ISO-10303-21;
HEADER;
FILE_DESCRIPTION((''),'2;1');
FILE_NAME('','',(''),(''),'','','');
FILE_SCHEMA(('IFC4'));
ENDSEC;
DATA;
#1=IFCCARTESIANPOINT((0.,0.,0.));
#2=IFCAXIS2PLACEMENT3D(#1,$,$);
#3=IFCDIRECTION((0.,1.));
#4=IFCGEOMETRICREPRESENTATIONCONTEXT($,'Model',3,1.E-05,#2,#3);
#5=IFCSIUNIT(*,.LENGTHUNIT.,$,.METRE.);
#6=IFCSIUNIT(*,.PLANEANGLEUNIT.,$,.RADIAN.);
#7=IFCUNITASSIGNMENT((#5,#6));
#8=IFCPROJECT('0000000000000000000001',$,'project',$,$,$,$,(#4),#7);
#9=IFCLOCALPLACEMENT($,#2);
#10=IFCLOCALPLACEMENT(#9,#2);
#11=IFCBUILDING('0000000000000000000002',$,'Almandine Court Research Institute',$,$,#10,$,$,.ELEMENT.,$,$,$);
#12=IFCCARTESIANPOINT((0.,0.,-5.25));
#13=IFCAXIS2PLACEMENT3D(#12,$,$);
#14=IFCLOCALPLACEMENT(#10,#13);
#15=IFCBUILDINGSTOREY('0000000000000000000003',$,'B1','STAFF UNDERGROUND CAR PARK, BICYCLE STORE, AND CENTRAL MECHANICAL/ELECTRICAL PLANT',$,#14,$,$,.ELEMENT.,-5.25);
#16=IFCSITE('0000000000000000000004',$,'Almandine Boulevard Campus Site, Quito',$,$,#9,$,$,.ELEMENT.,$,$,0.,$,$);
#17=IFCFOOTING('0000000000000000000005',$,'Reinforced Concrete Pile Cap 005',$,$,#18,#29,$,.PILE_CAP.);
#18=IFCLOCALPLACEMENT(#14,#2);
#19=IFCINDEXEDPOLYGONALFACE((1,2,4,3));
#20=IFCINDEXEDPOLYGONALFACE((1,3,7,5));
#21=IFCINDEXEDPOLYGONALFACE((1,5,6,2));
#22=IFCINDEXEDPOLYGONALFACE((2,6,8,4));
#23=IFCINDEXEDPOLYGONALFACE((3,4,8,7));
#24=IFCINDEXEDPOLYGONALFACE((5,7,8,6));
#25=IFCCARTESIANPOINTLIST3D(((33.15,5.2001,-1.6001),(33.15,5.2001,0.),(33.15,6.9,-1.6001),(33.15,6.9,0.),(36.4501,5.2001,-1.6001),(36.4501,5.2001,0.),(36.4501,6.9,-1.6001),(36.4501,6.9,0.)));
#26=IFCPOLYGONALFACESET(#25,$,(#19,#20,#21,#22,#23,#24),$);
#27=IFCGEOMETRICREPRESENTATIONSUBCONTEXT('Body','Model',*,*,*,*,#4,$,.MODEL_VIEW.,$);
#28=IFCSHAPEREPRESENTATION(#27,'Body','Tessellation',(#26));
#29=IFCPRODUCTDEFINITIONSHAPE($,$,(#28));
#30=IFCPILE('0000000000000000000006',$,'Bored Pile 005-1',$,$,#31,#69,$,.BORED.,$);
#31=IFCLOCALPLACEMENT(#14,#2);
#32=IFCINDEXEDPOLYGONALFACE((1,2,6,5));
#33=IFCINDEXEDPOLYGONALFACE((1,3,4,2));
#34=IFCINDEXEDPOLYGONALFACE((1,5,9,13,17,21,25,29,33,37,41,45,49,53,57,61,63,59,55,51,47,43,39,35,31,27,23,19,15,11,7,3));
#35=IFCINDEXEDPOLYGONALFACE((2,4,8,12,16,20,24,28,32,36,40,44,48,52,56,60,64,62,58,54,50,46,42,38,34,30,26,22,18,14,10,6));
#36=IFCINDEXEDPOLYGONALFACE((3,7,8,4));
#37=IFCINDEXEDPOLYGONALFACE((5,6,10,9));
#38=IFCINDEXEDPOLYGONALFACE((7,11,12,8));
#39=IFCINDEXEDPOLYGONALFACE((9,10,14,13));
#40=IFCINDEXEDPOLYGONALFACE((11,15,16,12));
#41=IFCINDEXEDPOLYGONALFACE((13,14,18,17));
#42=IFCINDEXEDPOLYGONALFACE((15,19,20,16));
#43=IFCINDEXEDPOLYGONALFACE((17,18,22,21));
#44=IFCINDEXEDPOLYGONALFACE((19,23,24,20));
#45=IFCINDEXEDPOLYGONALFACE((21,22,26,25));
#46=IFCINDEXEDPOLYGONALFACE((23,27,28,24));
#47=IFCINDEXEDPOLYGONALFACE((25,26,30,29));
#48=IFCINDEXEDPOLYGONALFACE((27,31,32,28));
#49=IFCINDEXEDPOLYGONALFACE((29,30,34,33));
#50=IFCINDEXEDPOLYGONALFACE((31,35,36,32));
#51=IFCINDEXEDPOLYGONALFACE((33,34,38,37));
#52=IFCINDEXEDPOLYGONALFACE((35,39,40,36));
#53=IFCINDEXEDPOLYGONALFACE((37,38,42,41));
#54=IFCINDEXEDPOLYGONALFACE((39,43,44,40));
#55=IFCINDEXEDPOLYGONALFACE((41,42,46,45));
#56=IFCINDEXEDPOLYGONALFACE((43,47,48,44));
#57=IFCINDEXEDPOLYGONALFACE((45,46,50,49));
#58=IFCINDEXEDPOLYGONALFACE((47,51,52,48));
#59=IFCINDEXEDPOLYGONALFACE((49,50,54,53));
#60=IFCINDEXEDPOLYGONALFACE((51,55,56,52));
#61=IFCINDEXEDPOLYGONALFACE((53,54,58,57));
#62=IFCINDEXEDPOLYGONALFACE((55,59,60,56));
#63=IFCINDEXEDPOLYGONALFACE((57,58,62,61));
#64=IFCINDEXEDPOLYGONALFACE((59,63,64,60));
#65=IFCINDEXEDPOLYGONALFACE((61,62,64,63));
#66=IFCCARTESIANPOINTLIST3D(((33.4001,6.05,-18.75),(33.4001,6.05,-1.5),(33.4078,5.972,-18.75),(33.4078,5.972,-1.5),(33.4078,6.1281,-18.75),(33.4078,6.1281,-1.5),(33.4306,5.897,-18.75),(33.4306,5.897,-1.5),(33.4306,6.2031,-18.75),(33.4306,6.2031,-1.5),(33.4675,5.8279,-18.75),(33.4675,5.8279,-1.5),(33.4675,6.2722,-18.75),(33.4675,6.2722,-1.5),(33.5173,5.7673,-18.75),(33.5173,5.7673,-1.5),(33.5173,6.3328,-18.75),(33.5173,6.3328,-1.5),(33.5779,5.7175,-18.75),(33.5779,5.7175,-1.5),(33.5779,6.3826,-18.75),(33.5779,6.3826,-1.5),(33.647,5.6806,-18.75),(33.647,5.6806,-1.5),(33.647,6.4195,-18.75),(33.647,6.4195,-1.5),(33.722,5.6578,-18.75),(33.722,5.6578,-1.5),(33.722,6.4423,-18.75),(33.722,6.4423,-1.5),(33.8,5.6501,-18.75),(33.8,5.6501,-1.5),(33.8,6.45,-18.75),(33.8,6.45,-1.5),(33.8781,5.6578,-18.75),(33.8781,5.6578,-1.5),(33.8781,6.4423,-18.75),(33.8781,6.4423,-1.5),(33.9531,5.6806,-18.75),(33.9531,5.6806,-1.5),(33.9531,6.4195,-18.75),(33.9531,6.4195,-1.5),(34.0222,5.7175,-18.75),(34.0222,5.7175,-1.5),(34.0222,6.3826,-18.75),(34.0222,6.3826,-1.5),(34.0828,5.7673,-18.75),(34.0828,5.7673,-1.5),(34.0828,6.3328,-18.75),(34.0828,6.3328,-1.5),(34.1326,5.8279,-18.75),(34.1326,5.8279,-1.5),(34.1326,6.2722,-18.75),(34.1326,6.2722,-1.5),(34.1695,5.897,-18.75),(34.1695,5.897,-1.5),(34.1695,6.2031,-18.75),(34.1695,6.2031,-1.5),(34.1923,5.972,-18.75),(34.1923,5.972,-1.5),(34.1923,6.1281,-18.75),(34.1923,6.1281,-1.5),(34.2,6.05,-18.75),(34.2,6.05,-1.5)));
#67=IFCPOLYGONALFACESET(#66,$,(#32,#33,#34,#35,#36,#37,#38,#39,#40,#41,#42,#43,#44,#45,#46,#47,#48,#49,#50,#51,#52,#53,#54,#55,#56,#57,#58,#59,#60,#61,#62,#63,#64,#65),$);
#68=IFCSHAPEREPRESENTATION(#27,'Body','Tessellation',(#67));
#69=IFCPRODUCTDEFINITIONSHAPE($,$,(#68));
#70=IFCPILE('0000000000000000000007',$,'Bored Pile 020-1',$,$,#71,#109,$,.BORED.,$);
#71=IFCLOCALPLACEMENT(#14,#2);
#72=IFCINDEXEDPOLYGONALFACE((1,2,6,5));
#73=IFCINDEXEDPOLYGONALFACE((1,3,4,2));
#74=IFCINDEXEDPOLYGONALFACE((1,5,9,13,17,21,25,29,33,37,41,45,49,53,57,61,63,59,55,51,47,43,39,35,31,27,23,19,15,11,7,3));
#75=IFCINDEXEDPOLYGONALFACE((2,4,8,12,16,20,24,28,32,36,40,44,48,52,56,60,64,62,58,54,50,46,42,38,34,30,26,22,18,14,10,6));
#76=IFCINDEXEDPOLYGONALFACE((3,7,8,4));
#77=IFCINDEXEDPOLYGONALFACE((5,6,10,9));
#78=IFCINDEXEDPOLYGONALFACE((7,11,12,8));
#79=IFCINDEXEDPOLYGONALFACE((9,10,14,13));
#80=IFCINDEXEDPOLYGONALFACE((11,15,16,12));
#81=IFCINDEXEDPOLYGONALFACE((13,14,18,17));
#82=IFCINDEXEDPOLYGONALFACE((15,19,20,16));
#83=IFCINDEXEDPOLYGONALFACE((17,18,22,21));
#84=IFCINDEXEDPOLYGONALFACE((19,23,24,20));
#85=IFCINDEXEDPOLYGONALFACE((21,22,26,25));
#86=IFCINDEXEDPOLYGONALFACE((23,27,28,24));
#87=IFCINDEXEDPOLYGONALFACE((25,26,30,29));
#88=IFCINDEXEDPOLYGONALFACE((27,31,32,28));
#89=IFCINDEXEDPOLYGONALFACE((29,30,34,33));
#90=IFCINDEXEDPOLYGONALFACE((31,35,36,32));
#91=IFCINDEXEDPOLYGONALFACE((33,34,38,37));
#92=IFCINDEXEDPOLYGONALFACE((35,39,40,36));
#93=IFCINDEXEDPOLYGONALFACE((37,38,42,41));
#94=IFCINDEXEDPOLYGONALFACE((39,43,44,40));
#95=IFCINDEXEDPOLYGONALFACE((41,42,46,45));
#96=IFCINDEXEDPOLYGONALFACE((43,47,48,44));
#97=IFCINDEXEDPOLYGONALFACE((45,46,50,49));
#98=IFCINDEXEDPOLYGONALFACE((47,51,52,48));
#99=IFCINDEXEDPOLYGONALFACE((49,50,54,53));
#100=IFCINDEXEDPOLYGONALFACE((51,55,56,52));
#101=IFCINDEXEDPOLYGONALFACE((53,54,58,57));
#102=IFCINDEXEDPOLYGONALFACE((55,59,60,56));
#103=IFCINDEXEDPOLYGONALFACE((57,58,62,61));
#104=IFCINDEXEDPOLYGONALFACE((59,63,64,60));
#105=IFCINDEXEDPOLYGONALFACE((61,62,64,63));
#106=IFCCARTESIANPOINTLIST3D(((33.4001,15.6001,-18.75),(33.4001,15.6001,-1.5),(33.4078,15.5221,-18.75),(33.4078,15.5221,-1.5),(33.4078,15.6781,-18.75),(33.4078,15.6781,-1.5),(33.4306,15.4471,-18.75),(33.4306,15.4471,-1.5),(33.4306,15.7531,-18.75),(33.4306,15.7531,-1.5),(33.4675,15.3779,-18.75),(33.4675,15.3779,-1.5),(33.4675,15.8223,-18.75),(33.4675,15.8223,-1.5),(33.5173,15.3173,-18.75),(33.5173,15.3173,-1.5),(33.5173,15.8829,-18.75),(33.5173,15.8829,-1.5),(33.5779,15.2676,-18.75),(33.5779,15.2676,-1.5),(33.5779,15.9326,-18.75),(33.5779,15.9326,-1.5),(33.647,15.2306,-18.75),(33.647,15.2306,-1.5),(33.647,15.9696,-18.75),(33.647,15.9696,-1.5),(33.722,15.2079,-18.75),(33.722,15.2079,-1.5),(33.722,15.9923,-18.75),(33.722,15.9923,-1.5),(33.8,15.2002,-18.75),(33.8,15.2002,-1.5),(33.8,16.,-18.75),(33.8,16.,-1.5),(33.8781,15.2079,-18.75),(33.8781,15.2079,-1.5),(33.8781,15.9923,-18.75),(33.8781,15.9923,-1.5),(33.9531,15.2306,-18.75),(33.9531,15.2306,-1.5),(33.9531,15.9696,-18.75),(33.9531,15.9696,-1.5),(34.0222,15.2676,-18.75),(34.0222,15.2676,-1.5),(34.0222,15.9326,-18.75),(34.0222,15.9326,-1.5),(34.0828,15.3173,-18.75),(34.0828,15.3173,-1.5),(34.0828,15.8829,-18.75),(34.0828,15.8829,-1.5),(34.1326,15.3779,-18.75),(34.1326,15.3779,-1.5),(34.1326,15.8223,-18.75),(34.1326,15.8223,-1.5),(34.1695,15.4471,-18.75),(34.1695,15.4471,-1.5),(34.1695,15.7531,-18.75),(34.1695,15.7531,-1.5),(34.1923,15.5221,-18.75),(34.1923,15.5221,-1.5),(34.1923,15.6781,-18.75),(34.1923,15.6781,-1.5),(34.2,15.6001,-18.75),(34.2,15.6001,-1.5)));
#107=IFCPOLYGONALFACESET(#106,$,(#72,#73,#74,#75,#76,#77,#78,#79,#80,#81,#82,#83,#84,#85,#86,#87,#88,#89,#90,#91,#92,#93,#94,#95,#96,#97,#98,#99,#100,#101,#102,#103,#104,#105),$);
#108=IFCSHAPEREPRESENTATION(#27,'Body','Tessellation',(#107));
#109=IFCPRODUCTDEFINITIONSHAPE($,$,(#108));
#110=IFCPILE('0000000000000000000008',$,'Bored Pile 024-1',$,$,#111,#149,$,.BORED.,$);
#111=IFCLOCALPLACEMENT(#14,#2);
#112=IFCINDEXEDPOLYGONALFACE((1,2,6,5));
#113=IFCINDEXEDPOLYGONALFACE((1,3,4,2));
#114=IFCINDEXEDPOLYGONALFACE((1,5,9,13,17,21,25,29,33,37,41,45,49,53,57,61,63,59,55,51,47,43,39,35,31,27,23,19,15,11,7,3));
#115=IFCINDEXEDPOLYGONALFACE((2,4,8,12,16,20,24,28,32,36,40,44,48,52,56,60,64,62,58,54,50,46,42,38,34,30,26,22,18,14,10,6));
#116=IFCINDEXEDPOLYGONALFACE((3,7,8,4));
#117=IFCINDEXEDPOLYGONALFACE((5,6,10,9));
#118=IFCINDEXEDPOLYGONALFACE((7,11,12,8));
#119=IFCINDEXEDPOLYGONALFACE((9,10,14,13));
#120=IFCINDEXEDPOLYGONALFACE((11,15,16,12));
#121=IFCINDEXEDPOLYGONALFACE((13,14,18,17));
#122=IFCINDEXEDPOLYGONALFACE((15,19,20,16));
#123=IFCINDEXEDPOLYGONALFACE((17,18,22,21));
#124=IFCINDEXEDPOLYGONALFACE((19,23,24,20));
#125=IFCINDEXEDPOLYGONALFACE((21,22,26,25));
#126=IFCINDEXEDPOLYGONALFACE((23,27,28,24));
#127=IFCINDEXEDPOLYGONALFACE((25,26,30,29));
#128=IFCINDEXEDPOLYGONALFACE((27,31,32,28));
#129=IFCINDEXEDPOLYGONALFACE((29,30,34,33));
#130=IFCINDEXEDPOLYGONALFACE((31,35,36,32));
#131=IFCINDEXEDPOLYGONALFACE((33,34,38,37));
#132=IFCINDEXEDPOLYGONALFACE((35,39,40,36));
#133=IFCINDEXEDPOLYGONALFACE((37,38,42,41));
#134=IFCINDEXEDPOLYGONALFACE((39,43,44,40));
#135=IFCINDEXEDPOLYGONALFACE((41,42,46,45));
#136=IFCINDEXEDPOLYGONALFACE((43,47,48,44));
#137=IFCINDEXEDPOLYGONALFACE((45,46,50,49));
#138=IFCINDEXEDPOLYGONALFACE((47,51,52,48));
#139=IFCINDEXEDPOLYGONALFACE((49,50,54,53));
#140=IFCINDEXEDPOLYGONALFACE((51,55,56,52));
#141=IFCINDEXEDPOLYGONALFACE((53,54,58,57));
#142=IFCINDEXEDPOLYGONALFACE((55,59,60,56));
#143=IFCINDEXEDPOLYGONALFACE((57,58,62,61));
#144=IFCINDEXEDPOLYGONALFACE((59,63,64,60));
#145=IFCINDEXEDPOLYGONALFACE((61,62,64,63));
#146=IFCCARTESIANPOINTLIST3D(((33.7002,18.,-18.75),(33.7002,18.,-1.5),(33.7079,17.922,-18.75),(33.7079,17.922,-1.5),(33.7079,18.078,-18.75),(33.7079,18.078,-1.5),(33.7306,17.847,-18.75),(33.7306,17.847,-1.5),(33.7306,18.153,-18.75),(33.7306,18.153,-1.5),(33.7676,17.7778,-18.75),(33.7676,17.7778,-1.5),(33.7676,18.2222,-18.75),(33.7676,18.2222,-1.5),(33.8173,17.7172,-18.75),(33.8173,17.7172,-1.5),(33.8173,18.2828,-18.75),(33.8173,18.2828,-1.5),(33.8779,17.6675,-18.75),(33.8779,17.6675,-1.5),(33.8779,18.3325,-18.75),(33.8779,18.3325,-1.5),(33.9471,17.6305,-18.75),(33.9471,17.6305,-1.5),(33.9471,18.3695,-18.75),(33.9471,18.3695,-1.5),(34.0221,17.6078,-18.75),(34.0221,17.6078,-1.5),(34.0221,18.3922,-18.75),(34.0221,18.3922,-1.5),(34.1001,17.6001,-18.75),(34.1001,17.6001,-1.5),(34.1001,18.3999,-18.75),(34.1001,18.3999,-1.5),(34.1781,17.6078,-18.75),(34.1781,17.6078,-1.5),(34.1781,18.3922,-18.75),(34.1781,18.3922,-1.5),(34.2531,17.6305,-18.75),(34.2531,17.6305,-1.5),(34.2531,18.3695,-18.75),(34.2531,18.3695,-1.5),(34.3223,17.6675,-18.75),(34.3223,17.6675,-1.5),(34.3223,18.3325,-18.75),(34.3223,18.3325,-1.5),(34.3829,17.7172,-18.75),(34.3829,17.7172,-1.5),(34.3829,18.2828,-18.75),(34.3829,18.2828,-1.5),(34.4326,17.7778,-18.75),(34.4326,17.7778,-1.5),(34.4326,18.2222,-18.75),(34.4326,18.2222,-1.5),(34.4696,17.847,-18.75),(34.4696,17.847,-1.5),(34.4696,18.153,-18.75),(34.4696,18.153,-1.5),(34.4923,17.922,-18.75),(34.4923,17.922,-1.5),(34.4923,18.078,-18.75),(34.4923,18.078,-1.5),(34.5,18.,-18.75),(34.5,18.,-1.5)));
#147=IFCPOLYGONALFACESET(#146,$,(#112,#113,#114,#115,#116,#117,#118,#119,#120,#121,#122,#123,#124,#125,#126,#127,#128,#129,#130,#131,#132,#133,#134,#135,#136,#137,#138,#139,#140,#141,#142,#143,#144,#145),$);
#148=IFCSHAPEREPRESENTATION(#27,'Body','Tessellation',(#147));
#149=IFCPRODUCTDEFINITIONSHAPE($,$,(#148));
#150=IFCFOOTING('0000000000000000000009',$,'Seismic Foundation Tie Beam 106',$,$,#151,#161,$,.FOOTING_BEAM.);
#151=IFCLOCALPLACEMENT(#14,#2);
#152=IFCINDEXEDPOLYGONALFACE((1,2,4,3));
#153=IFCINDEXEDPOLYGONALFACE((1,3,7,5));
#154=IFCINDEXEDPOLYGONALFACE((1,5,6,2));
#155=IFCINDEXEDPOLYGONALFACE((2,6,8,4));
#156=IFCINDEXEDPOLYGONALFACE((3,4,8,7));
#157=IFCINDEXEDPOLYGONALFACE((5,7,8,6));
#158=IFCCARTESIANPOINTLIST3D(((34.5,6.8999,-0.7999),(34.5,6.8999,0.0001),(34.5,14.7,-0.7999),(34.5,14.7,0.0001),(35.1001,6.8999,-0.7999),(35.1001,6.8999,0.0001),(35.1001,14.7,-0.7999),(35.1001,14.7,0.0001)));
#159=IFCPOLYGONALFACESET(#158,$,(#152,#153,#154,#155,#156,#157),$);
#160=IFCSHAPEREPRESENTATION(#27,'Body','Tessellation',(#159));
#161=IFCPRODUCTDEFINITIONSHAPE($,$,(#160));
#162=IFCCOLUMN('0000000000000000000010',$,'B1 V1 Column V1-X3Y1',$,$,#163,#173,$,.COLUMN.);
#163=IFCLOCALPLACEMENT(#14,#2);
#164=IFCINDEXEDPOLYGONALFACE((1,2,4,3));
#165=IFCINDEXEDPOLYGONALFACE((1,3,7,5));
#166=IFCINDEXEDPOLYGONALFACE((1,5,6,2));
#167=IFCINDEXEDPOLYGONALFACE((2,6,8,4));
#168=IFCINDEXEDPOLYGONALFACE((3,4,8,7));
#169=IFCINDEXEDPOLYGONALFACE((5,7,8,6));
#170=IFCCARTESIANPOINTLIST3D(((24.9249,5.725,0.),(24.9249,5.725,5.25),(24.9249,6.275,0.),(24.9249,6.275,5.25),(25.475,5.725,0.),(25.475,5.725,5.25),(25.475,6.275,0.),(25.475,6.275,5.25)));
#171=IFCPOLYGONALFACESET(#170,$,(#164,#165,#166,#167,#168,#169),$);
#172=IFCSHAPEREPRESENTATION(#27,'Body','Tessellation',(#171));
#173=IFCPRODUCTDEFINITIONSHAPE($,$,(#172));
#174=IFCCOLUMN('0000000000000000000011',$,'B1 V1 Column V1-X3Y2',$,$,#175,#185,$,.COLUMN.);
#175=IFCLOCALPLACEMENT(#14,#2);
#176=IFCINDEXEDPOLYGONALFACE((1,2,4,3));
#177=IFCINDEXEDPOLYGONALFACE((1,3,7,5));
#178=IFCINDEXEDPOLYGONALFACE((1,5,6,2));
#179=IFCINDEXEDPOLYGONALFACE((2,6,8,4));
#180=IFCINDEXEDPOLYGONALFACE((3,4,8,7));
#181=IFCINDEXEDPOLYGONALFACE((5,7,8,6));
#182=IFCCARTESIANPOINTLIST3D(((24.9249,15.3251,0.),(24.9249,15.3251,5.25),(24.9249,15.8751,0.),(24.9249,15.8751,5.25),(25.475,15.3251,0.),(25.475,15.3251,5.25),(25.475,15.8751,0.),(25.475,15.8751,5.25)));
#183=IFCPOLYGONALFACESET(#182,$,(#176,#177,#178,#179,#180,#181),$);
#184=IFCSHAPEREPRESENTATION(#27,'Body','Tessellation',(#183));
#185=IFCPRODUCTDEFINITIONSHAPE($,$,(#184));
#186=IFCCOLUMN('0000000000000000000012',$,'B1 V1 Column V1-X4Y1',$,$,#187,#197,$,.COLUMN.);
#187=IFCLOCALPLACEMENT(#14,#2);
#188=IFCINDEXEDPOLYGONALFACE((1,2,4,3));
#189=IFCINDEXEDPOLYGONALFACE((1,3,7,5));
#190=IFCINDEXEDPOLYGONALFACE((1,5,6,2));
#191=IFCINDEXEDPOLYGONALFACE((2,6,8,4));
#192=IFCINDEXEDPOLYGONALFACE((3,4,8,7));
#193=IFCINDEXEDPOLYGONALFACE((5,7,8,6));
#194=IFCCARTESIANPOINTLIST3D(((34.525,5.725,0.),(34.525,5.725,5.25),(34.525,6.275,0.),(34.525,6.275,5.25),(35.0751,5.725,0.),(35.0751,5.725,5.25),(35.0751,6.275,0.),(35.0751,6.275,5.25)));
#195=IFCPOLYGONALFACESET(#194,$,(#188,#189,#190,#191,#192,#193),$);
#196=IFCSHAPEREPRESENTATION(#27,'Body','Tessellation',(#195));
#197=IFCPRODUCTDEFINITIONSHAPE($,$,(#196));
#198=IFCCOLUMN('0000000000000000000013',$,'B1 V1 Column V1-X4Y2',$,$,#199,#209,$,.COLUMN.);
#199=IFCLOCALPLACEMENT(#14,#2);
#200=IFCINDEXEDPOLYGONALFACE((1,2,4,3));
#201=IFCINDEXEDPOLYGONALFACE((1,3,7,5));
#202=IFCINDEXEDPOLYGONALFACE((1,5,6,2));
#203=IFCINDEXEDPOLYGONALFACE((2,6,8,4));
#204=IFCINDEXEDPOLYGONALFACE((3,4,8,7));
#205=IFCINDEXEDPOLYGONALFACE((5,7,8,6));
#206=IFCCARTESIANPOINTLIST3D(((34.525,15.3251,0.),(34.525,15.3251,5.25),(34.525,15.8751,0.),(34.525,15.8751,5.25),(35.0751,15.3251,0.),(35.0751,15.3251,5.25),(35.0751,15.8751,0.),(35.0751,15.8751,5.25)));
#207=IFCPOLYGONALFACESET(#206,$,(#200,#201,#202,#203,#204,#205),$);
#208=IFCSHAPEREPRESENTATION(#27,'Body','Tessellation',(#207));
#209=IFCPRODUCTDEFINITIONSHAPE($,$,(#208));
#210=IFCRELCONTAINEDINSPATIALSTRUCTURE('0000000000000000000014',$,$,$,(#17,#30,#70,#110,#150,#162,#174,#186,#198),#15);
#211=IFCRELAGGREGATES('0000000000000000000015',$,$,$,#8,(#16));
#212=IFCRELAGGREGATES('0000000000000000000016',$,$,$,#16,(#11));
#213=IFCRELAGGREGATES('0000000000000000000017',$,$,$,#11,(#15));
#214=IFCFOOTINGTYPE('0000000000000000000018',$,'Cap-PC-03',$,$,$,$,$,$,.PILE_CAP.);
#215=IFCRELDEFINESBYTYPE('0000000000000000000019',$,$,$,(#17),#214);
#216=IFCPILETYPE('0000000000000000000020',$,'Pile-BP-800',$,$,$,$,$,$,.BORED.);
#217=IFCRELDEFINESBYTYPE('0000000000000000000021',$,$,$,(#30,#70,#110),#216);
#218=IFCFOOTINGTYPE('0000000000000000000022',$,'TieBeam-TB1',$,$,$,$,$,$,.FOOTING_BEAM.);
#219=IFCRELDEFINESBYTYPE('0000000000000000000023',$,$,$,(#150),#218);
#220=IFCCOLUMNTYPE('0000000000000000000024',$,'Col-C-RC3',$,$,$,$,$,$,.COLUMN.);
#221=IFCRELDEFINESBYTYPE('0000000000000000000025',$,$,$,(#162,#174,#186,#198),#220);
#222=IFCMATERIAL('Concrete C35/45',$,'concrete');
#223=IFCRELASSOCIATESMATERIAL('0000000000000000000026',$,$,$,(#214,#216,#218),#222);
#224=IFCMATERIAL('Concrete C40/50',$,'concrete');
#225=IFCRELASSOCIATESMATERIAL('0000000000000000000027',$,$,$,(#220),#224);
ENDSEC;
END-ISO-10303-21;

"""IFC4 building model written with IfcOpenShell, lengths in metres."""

from ifc_helpers import new_model, si_unit, direction, frame, origin, origin_2d, place, context, subcontext, project, spatial, rectangle, circle, extrude, material, material_profile, profile_set, type_object, element, save


model = new_model("IFC4")

# Units and contexts
model_context = context("Model", 3, precision=1e-05, world=origin(), true_north=direction((0.0, 1.0)))
body_context = subcontext(model_context, "Body", "Model", "MODEL_VIEW")
ifc_project = project(units=[si_unit("LENGTHUNIT", "METRE"), si_unit("PLANEANGLEUNIT", "RADIAN")], contexts=[model_context])

# Site, building, storey
site_placement = place(None, origin())
site = spatial("IfcSite", under=ifc_project, at=site_placement, Name="Almandine Boulevard Campus Site, Quito", CompositionType="ELEMENT", RefElevation=0.0)
building_placement = place(site_placement, origin())
building = spatial("IfcBuilding", under=site, at=building_placement, Name="Almandine Court Research Institute", CompositionType="ELEMENT")
storey_placement = place(building_placement, frame((0.0, 0.0, -5.25)))
storey = spatial("IfcBuildingStorey", under=building, at=storey_placement, Name="B1", Description="STAFF UNDERGROUND CAR PARK, BICYCLE STORE, AND CENTRAL MECHANICAL/ELECTRICAL PLANT", CompositionType="ELEMENT", Elevation=-5.25)

# Footing
ifc_material_1 = material(Name="Concrete C35/45", Category="concrete")
footing_type_1 = type_object("IfcFootingType", Name="Cap-PC-03", PredefinedType="PILE_CAP", material=ifc_material_1)
footing_1_placement = place(storey_placement, frame((34.8, 6.05, -1.6001), z_axis=(0.0, 0.0, 1.0), x_axis=(1.0, 0.0, 0.0)))
element("IfcFooting", 1, at=footing_1_placement, inside=storey, type_object=footing_type_1, Name="Reinforced Concrete Pile Cap 005", PredefinedType="PILE_CAP", context=body_context, shape_type="SweptSolid", body=[
    extrude(rectangle(XDim=3.3, YDim=1.7, at=origin_2d()), origin(), (0.0, 0.0, 1.0), 1.6001),
])

# Piles
ifc_material_profile_1 = material_profile(ifc_material_1, circle(Radius=0.3999, at=origin_2d()), Name="BORED PILE D800")
ifc_profile_set_1 = profile_set([ifc_material_profile_1], Name="Concrete C35/45")
pile_type = type_object("IfcPileType", Name="Pile-BP-800", PredefinedType="BORED", material=ifc_profile_set_1)
for number, where, z_axis, x_axis, name in (
    (2, (33.8, 6.05, -1.5), (0.0, 0.0, -1.0), (1.0, 0.0, 0.0), "Bored Pile 005-1"),
    (3, (33.8, 15.6001, -1.5), (0.0, 0.0, -1.0), (1.0, 0.0, 0.0), "Bored Pile 020-1"),
    (4, (34.1001, 18.0, -1.5), (0.0, 0.0, -1.0), (1.0, 0.0, 0.0), "Bored Pile 024-1"),
):
    element("IfcPile", number, at=place(storey_placement, frame(where, z_axis=z_axis, x_axis=x_axis)), inside=storey, type_object=pile_type, Name=name, PredefinedType="BORED", context=body_context, shape_type="SweptSolid", body=[
        extrude(circle(Radius=0.3999, at=origin_2d()), origin(), (0.0, 0.0, 1.0), 17.25),
    ])

# Footing
ifc_material_profile_2 = material_profile(ifc_material_1, rectangle(XDim=0.6001, YDim=0.8, at=origin_2d()), Name="RC TIE 600x800")
ifc_profile_set_2 = profile_set([ifc_material_profile_2], Name="Concrete C35/45")
footing_type_2 = type_object("IfcFootingType", Name="TieBeam-TB1", PredefinedType="FOOTING_BEAM", material=ifc_profile_set_2)
footing_2_placement = place(storey_placement, frame((34.8, 6.8999, -0.3999), z_axis=(0.0, 1.0, 0.0), x_axis=(-1.0, 0.0, 0.0)))
element("IfcFooting", 5, at=footing_2_placement, inside=storey, type_object=footing_type_2, Name="Seismic Foundation Tie Beam 106", PredefinedType="FOOTING_BEAM", context=body_context, shape_type="SweptSolid", body=[
    extrude(rectangle(XDim=0.6001, YDim=0.8, at=origin_2d()), origin(), (0.0, 0.0, 1.0), 7.8),
])

# Columns
ifc_material_2 = material(Name="Concrete C40/50", Category="concrete")
ifc_material_profile_3 = material_profile(ifc_material_2, rectangle(XDim=0.55, YDim=0.55, at=origin_2d()), Name="RC 550x550")
ifc_profile_set_3 = profile_set([ifc_material_profile_3], Name="Concrete C40/50")
column_type_1 = type_object("IfcColumnType", Name="Col-C-RC3", PredefinedType="COLUMN", material=ifc_profile_set_3)
for number, where, z_axis, x_axis, name in (
    (6, (25.2, 6.0, 0.0), (0.0, 0.0, 1.0), (1.0, 0.0, 0.0), "B1 V1 Column V1-X3Y1"),
    (7, (25.2, 15.6001, 0.0), (0.0, 0.0, 1.0), (1.0, 0.0, 0.0), "B1 V1 Column V1-X3Y2"),
    (8, (34.8, 6.0, 0.0), (0.0, 0.0, 1.0), (1.0, 0.0, 0.0), "B1 V1 Column V1-X4Y1"),
    (9, (34.8, 15.6001, 0.0), (0.0, 0.0, 1.0), (1.0, 0.0, 0.0), "B1 V1 Column V1-X4Y2"),
):
    element("IfcColumn", number, at=place(storey_placement, frame(where, z_axis=z_axis, x_axis=x_axis)), inside=storey, type_object=column_type_1, Name=name, PredefinedType="COLUMN", context=body_context, shape_type="SweptSolid", body=[
        extrude(rectangle(XDim=0.55, YDim=0.55, at=origin_2d()), origin(), (0.0, 0.0, 1.0), 5.25),
    ])

save(model, "model.ifc")
